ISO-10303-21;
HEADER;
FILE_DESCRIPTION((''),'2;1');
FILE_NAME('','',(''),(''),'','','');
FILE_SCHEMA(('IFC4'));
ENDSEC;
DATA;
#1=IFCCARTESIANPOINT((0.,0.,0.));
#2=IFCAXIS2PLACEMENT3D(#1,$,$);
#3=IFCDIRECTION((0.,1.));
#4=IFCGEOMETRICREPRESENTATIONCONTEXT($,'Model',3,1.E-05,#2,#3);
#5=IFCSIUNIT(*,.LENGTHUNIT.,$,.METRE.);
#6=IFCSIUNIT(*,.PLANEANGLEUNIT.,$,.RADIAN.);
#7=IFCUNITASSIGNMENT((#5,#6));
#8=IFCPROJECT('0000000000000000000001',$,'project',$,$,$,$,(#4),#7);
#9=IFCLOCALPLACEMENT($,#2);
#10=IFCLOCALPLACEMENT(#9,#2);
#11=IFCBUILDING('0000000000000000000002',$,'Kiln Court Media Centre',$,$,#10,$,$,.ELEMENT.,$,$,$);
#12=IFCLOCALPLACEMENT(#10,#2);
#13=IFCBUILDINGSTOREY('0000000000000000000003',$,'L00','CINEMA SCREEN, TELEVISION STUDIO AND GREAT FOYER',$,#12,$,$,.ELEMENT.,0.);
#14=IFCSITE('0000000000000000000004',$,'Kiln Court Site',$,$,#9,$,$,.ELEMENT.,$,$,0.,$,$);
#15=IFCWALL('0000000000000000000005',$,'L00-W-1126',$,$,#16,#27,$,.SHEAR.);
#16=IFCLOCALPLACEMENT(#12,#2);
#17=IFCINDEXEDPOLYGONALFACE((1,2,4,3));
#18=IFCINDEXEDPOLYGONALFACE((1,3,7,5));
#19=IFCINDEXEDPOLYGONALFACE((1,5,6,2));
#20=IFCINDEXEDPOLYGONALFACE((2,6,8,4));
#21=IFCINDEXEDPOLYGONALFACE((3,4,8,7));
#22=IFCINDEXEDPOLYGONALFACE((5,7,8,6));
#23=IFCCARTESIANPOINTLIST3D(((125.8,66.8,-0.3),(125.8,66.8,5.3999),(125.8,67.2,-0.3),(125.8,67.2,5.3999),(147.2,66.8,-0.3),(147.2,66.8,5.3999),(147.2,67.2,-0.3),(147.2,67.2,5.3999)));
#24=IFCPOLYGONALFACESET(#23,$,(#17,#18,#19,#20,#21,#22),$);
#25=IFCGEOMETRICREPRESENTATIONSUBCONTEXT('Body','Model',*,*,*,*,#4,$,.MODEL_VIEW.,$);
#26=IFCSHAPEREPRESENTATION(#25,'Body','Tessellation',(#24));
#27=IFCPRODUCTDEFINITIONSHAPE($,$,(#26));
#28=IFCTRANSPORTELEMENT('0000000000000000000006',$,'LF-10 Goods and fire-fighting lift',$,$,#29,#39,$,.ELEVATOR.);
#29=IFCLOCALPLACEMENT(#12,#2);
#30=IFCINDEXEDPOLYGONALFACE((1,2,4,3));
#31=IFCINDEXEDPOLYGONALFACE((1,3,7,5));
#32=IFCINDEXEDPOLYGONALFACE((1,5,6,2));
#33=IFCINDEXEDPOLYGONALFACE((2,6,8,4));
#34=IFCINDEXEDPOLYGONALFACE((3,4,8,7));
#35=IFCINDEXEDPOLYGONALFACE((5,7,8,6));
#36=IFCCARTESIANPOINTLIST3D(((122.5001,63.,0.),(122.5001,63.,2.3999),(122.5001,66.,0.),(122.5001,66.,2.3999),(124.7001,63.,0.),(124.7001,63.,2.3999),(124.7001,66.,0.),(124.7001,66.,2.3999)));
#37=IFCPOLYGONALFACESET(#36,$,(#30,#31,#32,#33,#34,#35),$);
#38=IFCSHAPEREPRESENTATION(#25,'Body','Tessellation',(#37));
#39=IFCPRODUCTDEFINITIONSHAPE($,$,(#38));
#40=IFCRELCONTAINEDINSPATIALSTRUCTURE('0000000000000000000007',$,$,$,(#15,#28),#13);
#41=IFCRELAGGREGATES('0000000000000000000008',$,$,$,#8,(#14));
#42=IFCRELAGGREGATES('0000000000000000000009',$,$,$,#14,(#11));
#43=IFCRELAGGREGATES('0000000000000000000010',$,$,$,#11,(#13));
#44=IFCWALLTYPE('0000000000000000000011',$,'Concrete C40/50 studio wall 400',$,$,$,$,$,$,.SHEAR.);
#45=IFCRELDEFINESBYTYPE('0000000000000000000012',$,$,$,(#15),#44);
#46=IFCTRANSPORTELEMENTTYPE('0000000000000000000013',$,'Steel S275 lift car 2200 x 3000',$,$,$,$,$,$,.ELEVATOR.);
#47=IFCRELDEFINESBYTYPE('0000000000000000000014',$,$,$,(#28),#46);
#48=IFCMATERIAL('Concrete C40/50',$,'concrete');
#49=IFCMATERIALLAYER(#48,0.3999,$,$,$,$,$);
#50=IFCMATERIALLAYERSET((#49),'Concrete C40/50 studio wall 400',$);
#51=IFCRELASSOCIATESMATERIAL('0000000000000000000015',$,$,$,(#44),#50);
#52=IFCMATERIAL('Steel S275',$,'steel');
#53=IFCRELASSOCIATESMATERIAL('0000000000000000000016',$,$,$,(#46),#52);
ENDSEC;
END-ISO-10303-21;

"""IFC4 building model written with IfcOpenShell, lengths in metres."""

from ifc_helpers import new_model, si_unit, direction, frame, frame_2d, origin, origin_2d, place, context, subcontext, project, spatial, rectangle, extrude, material, layer, layer_set, type_object, element, save


model = new_model("IFC4")

# Units and contexts
model_context = context("Model", 3, precision=1e-05, world=origin(), true_north=direction((0.0, 1.0)))
body_context = subcontext(model_context, "Body", "Model", "MODEL_VIEW")
ifc_project = project(units=[si_unit("LENGTHUNIT", "METRE"), si_unit("PLANEANGLEUNIT", "RADIAN")], contexts=[model_context])

# Site, building, storey
site_placement = place(None, origin())
site = spatial("IfcSite", under=ifc_project, at=site_placement, Name="Kiln Court Site", CompositionType="ELEMENT", RefElevation=0.0)
building_placement = place(site_placement, origin())
building = spatial("IfcBuilding", under=site, at=building_placement, Name="Kiln Court Media Centre", CompositionType="ELEMENT")
storey_placement = place(building_placement, origin())
storey = spatial("IfcBuildingStorey", under=building, at=storey_placement, Name="L00", Description="CINEMA SCREEN, TELEVISION STUDIO AND GREAT FOYER", CompositionType="ELEMENT", Elevation=0.0)

# Wall
ifc_material_1 = material(Name="Concrete C40/50", Category="concrete")
ifc_layer_1 = layer(ifc_material_1, 0.3999)
ifc_layer_set_1 = layer_set([ifc_layer_1], Name="Concrete C40/50 studio wall 400")
wall_type_1 = type_object("IfcWallType", Name="Concrete C40/50 studio wall 400", PredefinedType="SHEAR", material=ifc_layer_set_1)
wall_1_placement = place(storey_placement, frame((125.8, 67.0, -0.3), z_axis=(0.0, 0.0, 1.0), x_axis=(1.0, 0.0, 0.0)))
element("IfcWall", 1, at=wall_1_placement, inside=storey, type_object=wall_type_1, Name="L00-W-1126", PredefinedType="SHEAR", context=body_context, shape_type="SweptSolid", body=[
    extrude(rectangle(XDim=21.3999, YDim=0.3999, at=frame_2d((10.7, 0.0))), origin(), (0.0, 0.0, 1.0), 5.7),
])

# Transport element
ifc_material_2 = material(Name="Steel S275", Category="steel")
transport_element_type = type_object("IfcTransportElementType", Name="Steel S275 lift car 2200 x 3000", PredefinedType="ELEVATOR", material=ifc_material_2)
transport_element_placement = place(storey_placement, frame((123.6001, 64.5, 0.0), z_axis=(0.0, 0.0, 1.0), x_axis=(1.0, 0.0, 0.0)))
element("IfcTransportElement", 2, at=transport_element_placement, inside=storey, type_object=transport_element_type, Name="LF-10 Goods and fire-fighting lift", PredefinedType="ELEVATOR", context=body_context, shape_type="SweptSolid", body=[
    extrude(rectangle(XDim=2.2, YDim=3.0, at=origin_2d()), origin(), (0.0, 0.0, 1.0), 2.3999),
])

save(model, "model.ifc")
